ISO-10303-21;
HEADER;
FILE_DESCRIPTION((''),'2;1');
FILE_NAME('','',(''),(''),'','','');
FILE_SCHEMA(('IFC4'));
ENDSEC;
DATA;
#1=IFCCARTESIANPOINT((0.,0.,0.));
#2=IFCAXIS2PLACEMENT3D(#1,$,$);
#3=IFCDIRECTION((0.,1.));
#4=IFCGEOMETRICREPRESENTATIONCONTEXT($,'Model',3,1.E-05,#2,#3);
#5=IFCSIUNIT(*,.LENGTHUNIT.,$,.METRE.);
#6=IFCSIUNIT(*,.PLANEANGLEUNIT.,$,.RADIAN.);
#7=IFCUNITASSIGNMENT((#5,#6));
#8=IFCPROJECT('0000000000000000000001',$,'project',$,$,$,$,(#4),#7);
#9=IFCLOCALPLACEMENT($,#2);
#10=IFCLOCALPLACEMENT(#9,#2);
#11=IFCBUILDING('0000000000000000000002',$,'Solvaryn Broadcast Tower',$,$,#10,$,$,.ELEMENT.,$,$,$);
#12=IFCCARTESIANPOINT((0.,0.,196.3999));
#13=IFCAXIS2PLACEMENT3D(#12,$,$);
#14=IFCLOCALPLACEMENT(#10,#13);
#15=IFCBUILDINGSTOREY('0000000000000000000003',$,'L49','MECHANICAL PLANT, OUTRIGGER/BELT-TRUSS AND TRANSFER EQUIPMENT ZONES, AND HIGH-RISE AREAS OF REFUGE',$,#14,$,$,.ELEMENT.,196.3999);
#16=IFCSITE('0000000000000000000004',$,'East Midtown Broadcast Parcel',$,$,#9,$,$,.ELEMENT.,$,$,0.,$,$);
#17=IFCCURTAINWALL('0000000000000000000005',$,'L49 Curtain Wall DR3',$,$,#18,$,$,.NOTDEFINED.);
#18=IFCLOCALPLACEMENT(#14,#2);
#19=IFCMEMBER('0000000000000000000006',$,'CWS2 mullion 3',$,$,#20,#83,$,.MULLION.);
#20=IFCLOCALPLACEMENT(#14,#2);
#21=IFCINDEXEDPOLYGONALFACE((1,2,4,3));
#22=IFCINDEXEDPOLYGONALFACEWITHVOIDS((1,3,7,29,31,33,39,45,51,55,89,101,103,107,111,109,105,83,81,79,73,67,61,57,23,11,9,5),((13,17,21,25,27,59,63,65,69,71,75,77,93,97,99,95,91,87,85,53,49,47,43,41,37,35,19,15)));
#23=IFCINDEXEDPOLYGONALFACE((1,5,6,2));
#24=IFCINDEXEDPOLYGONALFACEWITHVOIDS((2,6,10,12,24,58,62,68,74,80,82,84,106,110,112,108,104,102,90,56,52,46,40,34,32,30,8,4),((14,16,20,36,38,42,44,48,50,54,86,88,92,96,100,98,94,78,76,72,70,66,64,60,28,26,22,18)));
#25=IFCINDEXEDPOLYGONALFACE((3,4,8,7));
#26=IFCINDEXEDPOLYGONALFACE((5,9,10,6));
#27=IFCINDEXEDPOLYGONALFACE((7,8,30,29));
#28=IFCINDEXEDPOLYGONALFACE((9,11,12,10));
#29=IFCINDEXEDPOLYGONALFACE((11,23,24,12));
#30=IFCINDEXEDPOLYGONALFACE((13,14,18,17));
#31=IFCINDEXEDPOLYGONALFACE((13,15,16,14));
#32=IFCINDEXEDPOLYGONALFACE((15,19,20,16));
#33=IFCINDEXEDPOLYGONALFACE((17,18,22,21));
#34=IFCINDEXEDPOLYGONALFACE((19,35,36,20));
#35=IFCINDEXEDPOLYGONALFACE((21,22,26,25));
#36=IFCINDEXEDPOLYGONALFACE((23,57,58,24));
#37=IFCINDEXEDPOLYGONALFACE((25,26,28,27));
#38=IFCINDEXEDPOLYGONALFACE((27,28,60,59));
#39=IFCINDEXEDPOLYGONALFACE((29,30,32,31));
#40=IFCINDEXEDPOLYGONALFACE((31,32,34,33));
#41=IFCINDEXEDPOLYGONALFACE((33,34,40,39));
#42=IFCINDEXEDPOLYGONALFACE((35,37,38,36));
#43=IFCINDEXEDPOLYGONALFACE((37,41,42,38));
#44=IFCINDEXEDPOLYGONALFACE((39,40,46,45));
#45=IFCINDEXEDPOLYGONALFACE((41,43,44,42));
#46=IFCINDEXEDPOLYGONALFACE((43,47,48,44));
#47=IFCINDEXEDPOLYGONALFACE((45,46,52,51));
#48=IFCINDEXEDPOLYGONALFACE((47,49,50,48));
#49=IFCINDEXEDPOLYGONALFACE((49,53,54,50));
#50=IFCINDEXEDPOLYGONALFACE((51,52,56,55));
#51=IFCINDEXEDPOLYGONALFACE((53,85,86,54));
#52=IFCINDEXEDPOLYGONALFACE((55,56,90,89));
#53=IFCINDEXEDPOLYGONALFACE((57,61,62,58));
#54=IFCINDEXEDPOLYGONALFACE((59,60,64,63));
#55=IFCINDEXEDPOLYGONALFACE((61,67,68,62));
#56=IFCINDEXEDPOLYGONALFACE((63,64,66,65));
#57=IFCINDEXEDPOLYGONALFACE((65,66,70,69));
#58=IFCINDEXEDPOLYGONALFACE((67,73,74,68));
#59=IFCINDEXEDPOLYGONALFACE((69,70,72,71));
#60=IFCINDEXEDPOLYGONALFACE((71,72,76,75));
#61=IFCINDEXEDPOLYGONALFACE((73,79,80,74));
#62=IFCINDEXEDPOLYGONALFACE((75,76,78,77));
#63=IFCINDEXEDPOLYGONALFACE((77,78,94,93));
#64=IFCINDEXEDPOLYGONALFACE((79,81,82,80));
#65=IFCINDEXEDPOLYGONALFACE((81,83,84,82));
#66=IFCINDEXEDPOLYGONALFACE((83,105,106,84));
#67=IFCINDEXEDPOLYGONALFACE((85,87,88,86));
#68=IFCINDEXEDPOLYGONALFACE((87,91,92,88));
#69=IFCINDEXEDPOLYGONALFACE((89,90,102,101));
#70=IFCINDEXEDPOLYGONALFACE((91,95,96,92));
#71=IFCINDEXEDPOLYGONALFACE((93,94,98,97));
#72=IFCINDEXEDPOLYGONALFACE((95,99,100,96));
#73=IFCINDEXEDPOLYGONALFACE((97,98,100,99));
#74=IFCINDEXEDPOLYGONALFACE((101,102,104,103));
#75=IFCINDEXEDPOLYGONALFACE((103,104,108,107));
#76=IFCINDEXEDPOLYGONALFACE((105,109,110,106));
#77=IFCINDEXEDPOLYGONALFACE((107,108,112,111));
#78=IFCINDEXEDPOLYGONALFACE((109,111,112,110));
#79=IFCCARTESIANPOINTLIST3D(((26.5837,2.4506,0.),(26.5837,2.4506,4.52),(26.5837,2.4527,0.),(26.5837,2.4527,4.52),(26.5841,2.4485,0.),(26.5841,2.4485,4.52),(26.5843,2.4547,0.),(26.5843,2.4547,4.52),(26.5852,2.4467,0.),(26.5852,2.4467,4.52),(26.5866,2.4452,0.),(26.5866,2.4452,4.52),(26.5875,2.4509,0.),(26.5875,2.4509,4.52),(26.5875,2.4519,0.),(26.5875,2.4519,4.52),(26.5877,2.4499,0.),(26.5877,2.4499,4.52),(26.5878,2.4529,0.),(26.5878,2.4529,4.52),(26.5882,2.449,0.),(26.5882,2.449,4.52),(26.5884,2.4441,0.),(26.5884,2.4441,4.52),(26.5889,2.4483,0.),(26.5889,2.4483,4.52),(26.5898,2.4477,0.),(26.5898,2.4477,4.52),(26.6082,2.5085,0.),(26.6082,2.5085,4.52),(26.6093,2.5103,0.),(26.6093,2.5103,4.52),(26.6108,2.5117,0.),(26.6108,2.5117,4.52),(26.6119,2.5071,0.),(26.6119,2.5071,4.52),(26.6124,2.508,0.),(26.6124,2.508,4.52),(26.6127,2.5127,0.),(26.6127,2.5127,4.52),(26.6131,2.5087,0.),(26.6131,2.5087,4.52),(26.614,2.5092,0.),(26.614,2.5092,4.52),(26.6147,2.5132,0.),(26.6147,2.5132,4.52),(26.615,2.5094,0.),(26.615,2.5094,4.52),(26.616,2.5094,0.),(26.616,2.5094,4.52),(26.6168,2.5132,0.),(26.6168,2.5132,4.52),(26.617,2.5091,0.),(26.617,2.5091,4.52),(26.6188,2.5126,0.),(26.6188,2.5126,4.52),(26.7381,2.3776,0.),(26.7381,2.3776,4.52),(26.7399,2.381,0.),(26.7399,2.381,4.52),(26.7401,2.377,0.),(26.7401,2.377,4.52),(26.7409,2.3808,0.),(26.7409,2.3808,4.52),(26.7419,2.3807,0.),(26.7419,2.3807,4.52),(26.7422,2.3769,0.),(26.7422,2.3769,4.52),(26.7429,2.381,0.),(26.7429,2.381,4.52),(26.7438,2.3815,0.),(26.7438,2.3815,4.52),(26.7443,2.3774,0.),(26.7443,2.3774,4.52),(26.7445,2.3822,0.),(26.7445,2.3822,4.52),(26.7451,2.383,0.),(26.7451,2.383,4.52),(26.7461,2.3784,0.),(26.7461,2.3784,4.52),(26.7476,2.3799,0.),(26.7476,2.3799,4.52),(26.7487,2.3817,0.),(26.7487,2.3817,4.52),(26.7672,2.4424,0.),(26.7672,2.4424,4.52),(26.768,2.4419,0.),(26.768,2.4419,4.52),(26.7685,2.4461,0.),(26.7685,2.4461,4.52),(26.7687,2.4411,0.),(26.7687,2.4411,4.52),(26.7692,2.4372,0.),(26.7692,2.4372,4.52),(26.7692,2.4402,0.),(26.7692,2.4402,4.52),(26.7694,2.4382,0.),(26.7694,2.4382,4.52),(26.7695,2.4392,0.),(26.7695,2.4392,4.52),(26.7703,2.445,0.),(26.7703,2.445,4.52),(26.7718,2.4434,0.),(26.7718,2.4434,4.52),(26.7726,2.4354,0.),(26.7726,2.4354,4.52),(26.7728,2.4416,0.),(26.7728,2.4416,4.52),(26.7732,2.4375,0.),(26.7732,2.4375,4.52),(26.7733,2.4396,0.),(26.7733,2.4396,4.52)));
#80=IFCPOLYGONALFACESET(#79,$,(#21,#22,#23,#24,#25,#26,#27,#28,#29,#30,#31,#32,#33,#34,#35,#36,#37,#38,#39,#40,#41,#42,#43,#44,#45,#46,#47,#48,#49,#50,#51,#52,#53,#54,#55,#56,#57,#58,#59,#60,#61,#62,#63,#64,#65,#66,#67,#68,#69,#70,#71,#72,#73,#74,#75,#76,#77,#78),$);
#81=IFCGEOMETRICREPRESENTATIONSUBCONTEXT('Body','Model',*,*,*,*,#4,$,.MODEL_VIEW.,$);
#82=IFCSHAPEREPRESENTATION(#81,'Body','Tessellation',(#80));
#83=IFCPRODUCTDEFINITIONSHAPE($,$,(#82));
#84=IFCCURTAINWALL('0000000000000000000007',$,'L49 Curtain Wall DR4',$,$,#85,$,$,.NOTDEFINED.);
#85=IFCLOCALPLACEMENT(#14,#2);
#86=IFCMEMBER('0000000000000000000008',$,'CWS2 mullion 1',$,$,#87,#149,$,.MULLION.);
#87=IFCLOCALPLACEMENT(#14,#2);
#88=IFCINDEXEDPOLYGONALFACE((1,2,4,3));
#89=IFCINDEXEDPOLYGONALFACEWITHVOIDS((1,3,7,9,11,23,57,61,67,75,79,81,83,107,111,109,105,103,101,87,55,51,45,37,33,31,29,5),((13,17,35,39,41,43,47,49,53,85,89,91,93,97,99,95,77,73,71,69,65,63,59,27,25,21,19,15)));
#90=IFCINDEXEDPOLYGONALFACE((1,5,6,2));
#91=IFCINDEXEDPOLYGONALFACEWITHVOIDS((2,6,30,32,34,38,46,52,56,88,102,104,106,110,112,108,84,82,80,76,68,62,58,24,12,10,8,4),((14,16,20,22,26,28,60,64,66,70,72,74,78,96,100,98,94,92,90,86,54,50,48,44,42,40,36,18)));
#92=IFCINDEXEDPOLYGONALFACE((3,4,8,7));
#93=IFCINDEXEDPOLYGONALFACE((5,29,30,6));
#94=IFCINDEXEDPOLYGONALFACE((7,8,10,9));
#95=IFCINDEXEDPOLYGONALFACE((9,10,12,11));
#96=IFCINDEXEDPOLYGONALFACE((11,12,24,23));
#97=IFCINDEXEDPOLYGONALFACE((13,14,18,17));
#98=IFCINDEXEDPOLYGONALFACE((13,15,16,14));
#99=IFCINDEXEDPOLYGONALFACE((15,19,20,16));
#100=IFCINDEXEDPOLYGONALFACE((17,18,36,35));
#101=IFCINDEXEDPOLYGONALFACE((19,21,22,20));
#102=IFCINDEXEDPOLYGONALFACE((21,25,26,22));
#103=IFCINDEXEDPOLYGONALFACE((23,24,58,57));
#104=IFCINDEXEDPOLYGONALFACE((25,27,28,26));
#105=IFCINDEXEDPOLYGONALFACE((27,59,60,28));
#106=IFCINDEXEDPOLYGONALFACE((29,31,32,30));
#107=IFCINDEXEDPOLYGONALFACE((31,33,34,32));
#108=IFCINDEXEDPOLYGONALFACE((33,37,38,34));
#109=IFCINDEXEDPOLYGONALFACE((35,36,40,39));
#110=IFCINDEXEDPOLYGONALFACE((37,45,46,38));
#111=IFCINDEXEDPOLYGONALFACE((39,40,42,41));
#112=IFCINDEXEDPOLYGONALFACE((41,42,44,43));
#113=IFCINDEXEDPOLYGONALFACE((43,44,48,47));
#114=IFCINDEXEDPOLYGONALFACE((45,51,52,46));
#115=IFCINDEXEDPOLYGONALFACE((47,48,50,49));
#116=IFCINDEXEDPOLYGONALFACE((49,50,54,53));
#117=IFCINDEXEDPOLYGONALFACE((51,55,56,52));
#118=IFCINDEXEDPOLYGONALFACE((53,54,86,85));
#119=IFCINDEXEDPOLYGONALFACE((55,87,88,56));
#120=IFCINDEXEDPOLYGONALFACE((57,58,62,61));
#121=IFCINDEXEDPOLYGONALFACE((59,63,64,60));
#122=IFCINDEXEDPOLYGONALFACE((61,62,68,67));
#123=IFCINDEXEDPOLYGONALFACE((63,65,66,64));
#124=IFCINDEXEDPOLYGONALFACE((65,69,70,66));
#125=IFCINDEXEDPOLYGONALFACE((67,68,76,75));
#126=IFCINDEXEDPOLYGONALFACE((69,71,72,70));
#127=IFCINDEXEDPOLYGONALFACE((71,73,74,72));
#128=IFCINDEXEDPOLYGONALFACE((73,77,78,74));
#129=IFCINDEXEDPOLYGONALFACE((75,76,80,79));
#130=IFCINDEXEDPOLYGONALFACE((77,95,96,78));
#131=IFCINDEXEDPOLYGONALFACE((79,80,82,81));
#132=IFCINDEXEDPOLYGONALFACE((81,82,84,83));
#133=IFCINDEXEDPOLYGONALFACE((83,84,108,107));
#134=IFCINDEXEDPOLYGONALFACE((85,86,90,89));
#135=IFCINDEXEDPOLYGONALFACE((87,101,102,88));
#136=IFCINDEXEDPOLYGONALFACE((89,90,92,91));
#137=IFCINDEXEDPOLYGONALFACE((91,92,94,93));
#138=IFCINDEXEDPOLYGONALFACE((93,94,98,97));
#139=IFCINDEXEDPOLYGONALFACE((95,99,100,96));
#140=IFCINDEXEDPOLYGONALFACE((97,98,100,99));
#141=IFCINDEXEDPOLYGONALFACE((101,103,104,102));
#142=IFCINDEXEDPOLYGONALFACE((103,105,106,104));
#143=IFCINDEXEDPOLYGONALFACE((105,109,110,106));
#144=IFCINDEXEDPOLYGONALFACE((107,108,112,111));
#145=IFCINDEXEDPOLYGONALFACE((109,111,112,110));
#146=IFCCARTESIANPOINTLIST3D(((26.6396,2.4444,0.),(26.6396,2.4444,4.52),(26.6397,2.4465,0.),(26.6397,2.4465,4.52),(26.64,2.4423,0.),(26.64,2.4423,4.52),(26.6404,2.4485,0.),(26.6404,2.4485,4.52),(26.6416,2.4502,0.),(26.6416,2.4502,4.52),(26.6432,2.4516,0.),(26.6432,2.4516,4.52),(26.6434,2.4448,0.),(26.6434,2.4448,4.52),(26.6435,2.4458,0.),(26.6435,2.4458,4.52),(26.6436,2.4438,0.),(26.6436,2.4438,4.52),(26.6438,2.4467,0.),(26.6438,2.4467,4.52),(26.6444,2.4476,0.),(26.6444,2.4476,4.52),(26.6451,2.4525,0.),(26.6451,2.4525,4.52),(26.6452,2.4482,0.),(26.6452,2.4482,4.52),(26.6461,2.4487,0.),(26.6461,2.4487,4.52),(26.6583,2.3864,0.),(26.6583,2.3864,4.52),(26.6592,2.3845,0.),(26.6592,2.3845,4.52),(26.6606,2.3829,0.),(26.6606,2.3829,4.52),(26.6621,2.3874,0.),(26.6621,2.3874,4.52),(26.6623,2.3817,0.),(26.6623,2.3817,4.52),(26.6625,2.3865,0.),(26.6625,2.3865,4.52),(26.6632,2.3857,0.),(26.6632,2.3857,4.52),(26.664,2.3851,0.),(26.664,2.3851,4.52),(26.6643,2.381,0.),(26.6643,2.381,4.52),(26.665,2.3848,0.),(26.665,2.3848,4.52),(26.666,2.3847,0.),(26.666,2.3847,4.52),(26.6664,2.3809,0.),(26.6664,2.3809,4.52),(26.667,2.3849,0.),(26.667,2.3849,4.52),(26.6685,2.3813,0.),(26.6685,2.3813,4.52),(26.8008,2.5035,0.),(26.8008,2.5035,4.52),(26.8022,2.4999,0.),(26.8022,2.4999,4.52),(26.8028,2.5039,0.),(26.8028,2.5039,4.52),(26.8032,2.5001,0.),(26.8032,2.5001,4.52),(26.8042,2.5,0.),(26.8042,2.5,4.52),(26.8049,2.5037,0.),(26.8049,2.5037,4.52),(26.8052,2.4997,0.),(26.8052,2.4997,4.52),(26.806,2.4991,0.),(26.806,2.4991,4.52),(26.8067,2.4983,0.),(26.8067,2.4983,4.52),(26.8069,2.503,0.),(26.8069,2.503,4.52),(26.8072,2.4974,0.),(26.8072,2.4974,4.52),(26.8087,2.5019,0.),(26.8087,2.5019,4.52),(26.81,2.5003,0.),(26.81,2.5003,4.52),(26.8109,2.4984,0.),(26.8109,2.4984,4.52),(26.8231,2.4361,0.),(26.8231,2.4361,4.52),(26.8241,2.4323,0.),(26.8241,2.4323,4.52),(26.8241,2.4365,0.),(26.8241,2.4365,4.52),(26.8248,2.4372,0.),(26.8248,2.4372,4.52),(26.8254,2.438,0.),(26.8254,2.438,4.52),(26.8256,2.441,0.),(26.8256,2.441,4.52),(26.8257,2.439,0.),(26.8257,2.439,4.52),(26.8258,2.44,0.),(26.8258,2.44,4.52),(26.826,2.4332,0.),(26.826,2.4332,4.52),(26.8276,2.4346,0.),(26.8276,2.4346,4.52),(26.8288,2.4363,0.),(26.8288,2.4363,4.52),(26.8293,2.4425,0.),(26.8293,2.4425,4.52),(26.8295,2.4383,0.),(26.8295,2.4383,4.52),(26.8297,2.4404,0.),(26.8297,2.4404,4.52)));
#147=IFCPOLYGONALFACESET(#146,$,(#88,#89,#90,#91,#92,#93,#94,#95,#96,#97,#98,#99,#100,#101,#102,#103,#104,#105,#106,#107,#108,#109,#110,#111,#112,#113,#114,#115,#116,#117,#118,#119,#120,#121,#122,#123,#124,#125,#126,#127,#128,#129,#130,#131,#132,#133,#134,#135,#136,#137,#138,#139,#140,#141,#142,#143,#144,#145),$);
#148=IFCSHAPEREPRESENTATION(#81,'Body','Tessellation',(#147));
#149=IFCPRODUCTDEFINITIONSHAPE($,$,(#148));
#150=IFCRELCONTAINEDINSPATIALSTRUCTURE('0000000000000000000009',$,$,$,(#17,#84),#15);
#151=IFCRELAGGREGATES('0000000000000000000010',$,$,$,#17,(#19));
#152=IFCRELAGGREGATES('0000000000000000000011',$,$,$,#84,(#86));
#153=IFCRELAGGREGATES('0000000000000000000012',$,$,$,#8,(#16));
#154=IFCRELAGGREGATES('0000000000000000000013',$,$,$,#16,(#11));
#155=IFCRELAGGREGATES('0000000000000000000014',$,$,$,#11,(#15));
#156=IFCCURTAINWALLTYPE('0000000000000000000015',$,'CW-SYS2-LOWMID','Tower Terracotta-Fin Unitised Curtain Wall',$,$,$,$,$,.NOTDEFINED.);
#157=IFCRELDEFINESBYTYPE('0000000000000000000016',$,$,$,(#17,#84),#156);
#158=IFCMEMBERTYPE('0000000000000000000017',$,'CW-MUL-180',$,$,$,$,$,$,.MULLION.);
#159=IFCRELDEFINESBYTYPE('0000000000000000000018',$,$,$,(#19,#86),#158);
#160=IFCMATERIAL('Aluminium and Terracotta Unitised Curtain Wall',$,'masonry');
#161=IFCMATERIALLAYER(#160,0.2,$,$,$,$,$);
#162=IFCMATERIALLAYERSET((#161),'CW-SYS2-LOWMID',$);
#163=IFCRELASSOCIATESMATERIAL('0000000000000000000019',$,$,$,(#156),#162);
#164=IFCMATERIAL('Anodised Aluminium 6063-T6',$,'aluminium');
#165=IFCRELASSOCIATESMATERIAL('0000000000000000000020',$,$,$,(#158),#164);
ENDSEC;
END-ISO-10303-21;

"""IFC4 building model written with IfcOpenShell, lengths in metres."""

from ifc_helpers import new_model, si_unit, direction, frame, origin, origin_2d, place, context, subcontext, project, spatial, hollow_rectangle, extrude, material, layer, layer_set, material_profile, profile_set, type_object, element, aggregate, save


model = new_model("IFC4")

# Units and contexts
model_context = context("Model", 3, precision=1e-05, world=origin(), true_north=direction((0.0, 1.0)))
body_context = subcontext(model_context, "Body", "Model", "MODEL_VIEW")
ifc_project = project(units=[si_unit("LENGTHUNIT", "METRE"), si_unit("PLANEANGLEUNIT", "RADIAN")], contexts=[model_context])

# Site, building, storey
site_placement = place(None, origin())
site = spatial("IfcSite", under=ifc_project, at=site_placement, Name="East Midtown Broadcast Parcel", CompositionType="ELEMENT", RefElevation=0.0)
building_placement = place(site_placement, origin())
building = spatial("IfcBuilding", under=site, at=building_placement, Name="Solvaryn Broadcast Tower", CompositionType="ELEMENT")
storey_placement = place(building_placement, frame((0.0, 0.0, 196.3999)))
storey = spatial("IfcBuildingStorey", under=building, at=storey_placement, Name="L49", Description="MECHANICAL PLANT, OUTRIGGER/BELT-TRUSS AND TRANSFER EQUIPMENT ZONES, AND HIGH-RISE AREAS OF REFUGE", CompositionType="ELEMENT", Elevation=196.3999)

# Curtain wall, member
ifc_material_1 = material(Name="Aluminium and Terracotta Unitised Curtain Wall", Category="masonry")
ifc_layer_1 = layer(ifc_material_1, 0.2)
ifc_layer_set_1 = layer_set([ifc_layer_1], Name="CW-SYS2-LOWMID")
curtain_wall_type = type_object("IfcCurtainWallType", Name="CW-SYS2-LOWMID", Description="Tower Terracotta-Fin Unitised Curtain Wall", PredefinedType="NOTDEFINED", material=ifc_layer_set_1)
curtain_wall_1_placement = place(storey_placement, origin())
curtain_wall_1 = element("IfcCurtainWall", 1, at=curtain_wall_1_placement, inside=storey, type_object=curtain_wall_type, Name="L49 Curtain Wall DR3", PredefinedType="NOTDEFINED")
ifc_material_2 = material(Name="Anodised Aluminium 6063-T6", Category="aluminium")
ifc_material_profile_1 = material_profile(ifc_material_2, hollow_rectangle(XDim=0.075, YDim=0.1799, WallThickness=0.0039, InnerFilletRadius=0.0039, OuterFilletRadius=0.0081, at=origin_2d()))
ifc_profile_set_1 = profile_set([ifc_material_profile_1], Name="Anodised Aluminium 6063-T6")
member_type_1 = type_object("IfcMemberType", Name="CW-MUL-180", PredefinedType="MULLION", material=ifc_profile_set_1)
member_1_placement = place(storey_placement, frame((26.6785, 2.4451, 0.0), z_axis=(0.0, 0.0, 1.0), x_axis=(0.405901, 0.913917, 0.0)))
member_1 = element("IfcMember", 2, at=member_1_placement, type_object=member_type_1, Name="CWS2 mullion 3", PredefinedType="MULLION", context=body_context, shape_type="SweptSolid", body=[
    extrude(hollow_rectangle(XDim=0.075, YDim=0.1799, WallThickness=0.0039, InnerFilletRadius=0.0039, OuterFilletRadius=0.0081, at=origin_2d()), origin(), (0.0, 0.0, 1.0), 4.52),
])
aggregate(curtain_wall_1, [member_1])

# Curtain wall, member
curtain_wall_2_placement = place(storey_placement, origin())
curtain_wall_2 = element("IfcCurtainWall", 3, at=curtain_wall_2_placement, inside=storey, type_object=curtain_wall_type, Name="L49 Curtain Wall DR4", PredefinedType="NOTDEFINED")
member_2_placement = place(storey_placement, frame((26.7346, 2.4424, 0.0), z_axis=(0.0, 0.0, 1.0), x_axis=(-0.311559, 0.950227, 0.0)))
member_2 = element("IfcMember", 4, at=member_2_placement, type_object=member_type_1, Name="CWS2 mullion 1", PredefinedType="MULLION", context=body_context, shape_type="SweptSolid", body=[
    extrude(hollow_rectangle(XDim=0.075, YDim=0.1799, WallThickness=0.0039, InnerFilletRadius=0.0039, OuterFilletRadius=0.0081, at=origin_2d()), origin(), (0.0, 0.0, 1.0), 4.52),
])

aggregate(curtain_wall_2, [member_2])

save(model, "model.ifc")
